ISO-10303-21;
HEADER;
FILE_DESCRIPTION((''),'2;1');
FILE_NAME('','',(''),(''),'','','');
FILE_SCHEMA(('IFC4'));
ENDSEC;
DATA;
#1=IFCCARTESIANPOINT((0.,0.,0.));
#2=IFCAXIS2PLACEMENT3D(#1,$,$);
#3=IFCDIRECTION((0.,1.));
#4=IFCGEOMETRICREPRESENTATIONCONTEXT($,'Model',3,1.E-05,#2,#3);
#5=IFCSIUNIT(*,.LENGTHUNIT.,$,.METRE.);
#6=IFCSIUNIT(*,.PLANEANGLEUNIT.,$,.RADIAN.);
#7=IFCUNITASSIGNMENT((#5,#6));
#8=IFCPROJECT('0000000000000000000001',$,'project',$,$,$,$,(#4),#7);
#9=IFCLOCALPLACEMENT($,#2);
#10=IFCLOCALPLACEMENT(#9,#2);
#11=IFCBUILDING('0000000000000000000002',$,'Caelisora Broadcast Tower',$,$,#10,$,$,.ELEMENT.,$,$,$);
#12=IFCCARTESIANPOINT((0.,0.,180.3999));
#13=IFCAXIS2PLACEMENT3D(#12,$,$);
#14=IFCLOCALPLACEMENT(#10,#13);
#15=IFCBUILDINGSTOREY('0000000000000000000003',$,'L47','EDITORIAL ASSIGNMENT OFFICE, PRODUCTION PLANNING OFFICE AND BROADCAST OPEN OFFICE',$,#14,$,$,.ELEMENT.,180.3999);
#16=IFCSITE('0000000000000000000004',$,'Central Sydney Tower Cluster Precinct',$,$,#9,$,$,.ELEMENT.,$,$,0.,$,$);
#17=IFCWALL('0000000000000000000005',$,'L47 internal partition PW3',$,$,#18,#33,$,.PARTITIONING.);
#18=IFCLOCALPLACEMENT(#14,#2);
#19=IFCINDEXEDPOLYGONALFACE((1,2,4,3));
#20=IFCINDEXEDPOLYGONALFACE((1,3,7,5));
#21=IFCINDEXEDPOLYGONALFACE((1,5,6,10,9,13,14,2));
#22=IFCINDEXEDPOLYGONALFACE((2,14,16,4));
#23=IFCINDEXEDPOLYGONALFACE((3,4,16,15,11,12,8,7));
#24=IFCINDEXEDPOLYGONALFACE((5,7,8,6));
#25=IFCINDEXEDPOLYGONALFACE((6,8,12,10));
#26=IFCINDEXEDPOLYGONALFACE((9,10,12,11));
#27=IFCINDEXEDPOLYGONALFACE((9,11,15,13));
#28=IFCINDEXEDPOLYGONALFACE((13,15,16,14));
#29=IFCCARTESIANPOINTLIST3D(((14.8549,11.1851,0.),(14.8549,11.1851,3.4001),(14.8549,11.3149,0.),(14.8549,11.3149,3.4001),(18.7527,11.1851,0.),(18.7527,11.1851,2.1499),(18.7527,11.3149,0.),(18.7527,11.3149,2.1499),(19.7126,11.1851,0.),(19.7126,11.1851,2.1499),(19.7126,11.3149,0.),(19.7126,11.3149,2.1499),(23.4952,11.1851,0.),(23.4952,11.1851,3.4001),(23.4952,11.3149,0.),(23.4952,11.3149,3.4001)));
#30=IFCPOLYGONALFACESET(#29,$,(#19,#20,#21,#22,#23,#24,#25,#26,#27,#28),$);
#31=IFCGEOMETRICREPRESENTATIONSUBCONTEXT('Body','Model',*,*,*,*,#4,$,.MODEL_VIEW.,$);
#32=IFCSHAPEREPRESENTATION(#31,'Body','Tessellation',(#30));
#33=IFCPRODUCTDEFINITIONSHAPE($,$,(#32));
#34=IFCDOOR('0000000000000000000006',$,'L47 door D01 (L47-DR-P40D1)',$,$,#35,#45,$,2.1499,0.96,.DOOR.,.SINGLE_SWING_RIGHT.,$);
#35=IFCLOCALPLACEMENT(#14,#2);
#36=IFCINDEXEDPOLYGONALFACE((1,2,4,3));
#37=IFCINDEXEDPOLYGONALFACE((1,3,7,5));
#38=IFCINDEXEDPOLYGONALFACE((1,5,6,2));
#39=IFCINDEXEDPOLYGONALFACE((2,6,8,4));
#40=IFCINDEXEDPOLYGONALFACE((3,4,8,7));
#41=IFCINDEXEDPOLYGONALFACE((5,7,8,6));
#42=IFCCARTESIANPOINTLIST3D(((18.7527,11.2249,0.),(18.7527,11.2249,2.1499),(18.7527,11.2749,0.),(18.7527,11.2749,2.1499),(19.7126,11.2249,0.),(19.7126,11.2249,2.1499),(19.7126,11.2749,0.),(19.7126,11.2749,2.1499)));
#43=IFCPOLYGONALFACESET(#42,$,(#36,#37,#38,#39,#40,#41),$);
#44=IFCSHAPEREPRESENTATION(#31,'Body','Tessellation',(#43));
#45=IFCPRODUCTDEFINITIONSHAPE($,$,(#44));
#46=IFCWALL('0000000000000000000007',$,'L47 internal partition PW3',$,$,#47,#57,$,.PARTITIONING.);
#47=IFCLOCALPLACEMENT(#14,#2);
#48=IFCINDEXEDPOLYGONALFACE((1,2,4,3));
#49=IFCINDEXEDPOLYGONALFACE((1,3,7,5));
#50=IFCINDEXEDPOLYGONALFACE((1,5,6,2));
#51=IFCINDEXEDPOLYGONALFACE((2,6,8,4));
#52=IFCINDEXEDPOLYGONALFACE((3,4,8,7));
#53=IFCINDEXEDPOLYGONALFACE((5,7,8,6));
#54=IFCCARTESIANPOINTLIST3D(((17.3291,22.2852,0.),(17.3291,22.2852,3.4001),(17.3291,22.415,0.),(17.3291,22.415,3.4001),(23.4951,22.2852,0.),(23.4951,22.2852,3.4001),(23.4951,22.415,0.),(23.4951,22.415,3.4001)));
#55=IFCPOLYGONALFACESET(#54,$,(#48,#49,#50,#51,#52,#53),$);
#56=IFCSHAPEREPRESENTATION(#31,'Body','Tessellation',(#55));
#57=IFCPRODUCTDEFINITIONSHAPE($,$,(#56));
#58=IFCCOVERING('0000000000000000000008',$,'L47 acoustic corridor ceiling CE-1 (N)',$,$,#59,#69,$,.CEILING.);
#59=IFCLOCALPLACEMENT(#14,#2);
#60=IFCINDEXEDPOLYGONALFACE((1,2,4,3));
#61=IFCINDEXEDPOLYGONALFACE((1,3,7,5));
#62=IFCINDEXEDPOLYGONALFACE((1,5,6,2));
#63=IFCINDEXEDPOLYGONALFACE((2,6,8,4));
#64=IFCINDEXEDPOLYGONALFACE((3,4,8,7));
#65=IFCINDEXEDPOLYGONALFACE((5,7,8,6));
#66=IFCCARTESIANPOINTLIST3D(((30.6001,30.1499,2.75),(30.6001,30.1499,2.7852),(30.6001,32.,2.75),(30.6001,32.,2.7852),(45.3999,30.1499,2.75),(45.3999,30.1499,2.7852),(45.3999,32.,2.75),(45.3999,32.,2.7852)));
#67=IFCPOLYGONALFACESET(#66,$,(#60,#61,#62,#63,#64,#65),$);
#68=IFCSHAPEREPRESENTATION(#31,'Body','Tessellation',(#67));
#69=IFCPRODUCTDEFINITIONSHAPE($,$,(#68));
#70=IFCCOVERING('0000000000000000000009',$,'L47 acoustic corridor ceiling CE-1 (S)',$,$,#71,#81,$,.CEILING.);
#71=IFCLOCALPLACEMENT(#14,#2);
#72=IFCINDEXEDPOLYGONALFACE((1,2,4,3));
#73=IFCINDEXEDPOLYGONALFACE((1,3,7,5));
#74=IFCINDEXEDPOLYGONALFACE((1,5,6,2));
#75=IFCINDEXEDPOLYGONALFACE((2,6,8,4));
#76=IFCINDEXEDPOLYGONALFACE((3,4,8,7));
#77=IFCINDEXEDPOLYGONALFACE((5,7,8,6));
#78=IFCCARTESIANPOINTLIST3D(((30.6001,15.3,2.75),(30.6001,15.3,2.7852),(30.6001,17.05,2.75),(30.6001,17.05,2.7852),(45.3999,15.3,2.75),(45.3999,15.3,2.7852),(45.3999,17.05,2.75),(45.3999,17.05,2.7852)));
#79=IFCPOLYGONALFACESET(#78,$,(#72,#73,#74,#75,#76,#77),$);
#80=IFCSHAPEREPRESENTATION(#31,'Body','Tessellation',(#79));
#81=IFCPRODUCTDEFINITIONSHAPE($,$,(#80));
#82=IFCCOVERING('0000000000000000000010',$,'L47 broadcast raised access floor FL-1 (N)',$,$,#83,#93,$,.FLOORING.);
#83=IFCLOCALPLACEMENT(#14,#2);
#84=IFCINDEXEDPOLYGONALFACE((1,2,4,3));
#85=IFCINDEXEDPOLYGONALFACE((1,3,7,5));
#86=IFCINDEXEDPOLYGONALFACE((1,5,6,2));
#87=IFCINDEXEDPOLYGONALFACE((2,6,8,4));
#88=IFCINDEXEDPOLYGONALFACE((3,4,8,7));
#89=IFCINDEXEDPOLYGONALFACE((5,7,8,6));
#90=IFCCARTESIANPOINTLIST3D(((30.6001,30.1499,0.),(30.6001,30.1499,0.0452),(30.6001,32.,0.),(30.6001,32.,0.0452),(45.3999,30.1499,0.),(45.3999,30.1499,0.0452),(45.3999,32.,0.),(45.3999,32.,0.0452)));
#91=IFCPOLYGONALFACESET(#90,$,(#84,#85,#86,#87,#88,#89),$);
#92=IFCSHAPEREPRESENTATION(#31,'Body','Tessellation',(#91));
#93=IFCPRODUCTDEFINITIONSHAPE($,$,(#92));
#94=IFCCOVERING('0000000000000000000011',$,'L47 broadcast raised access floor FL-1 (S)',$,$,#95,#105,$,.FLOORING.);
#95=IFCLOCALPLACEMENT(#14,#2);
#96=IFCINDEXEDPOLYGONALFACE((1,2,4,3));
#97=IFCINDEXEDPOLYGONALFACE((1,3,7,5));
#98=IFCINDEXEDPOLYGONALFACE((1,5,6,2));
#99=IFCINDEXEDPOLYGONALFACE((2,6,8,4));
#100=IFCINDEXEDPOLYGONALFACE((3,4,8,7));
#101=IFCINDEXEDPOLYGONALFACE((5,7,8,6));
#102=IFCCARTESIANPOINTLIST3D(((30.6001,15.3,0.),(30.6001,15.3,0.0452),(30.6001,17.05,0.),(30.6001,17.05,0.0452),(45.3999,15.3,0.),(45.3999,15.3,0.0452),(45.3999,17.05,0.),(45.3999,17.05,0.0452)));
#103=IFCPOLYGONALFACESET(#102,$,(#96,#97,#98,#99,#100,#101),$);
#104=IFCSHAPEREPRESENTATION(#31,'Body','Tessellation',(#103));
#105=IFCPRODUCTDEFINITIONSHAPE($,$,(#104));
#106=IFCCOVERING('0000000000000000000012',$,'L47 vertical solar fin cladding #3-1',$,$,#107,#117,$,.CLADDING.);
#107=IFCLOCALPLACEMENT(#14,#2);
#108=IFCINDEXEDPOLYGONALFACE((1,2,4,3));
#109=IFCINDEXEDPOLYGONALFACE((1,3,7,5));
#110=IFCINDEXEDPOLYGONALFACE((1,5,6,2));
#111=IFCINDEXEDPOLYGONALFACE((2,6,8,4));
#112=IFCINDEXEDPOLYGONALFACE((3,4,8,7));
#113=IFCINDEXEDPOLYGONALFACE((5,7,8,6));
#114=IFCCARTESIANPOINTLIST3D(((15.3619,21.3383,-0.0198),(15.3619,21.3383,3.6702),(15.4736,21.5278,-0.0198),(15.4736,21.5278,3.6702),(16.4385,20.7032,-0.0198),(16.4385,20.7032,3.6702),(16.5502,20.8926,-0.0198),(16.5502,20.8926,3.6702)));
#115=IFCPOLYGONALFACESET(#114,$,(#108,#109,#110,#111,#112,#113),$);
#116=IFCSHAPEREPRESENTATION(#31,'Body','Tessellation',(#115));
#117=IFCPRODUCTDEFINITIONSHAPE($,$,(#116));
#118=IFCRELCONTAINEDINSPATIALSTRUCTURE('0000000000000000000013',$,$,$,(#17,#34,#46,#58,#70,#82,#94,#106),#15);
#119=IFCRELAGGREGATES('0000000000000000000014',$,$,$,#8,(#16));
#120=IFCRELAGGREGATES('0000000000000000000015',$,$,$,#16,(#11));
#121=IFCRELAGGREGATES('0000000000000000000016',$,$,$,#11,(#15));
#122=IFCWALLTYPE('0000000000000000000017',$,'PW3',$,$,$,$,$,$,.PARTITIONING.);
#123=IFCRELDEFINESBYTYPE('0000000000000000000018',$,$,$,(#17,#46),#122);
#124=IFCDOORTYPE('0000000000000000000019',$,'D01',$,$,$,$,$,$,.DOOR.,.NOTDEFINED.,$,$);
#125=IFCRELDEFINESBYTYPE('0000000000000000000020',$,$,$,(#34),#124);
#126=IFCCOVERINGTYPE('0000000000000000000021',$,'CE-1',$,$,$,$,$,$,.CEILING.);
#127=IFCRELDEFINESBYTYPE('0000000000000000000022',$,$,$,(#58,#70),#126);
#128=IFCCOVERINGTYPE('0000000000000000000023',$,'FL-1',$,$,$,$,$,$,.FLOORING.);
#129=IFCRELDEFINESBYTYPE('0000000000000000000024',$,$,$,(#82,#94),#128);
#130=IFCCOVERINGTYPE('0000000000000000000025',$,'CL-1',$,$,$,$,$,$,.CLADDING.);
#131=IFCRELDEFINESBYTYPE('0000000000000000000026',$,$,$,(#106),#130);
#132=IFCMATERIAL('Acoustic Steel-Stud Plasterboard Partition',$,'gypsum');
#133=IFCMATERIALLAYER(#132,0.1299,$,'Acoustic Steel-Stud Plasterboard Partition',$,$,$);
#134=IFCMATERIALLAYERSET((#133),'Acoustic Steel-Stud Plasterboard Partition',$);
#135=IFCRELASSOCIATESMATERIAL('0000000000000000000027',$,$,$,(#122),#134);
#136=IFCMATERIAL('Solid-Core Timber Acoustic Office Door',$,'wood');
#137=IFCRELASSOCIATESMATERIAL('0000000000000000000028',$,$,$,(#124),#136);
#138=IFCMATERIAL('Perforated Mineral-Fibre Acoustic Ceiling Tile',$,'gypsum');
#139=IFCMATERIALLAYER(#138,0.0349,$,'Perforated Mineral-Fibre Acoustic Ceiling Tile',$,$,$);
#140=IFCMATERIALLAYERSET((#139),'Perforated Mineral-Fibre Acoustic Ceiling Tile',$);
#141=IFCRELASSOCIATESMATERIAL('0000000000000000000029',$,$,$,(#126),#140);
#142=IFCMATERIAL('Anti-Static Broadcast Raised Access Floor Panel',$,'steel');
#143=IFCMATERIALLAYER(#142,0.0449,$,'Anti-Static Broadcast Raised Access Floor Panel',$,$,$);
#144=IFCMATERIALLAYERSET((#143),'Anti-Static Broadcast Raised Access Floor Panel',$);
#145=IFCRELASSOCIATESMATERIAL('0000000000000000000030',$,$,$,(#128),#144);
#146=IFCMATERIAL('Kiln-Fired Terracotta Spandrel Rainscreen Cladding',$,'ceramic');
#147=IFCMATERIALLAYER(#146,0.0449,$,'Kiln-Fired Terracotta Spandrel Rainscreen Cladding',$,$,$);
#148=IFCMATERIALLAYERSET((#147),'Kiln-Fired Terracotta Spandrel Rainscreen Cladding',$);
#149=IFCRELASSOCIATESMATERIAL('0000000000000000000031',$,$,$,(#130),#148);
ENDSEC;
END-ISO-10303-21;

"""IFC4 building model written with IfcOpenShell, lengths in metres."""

from ifc_helpers import new_model, si_unit, direction, frame, frame_2d, origin, origin_2d, place, context, subcontext, project, spatial, polyline, rectangle, outline, extrude, source, transform, mapped, material, layer, layer_set, type_object, type_shapes, element, fill, save


model = new_model("IFC4")

# Units and contexts
model_context = context("Model", 3, precision=1e-05, world=origin(), true_north=direction((0.0, 1.0)))
body_context = subcontext(model_context, "Body", "Model", "MODEL_VIEW")
ifc_project = project(units=[si_unit("LENGTHUNIT", "METRE"), si_unit("PLANEANGLEUNIT", "RADIAN")], contexts=[model_context])

# Site, building, storey
site_placement = place(None, origin())
site = spatial("IfcSite", under=ifc_project, at=site_placement, Name="Central Sydney Tower Cluster Precinct", CompositionType="ELEMENT", RefElevation=0.0)
building_placement = place(site_placement, origin())
building = spatial("IfcBuilding", under=site, at=building_placement, Name="Caelisora Broadcast Tower", CompositionType="ELEMENT")
storey_placement = place(building_placement, frame((0.0, 0.0, 180.3999)))
storey = spatial("IfcBuildingStorey", under=building, at=storey_placement, Name="L47", Description="EDITORIAL ASSIGNMENT OFFICE, PRODUCTION PLANNING OFFICE AND BROADCAST OPEN OFFICE", CompositionType="ELEMENT", Elevation=180.3999)

# Shared definitions
ifc_material_1 = material(Name="Acoustic Steel-Stud Plasterboard Partition", Category="gypsum")
ifc_layer_1 = layer(ifc_material_1, 0.1299, Name="Acoustic Steel-Stud Plasterboard Partition")
ifc_layer_set_1 = layer_set([ifc_layer_1], Name="Acoustic Steel-Stud Plasterboard Partition")
wall_type_1 = type_object("IfcWallType", Name="PW3", PredefinedType="PARTITIONING", material=ifc_layer_set_1)

# Wall, opening, door
wall_1_placement = place(storey_placement, frame((14.8547, 11.25, 0.0), z_axis=(0.0, 0.0, 1.0), x_axis=(1.0, 0.0, 0.0)))
wall_1 = element("IfcWall", 1, at=wall_1_placement, inside=storey, type_object=wall_type_1, Name="L47 internal partition PW3", PredefinedType="PARTITIONING", context=body_context, shape_type="SweptSolid", body=[
    extrude(rectangle(XDim=8.6404, YDim=0.1299, at=frame_2d((4.3203, 0.0))), origin(), (0.0, 0.0, 1.0), 3.4001),
])
opening_1_placement = place(wall_1_placement, frame((3.8979, 0.0, 0.0)))
opening_1 = element("IfcOpeningElement", 2, at=opening_1_placement, cuts=wall_1, PredefinedType="OPENING", context=body_context, shape_type="SweptSolid", body=[
    extrude(rectangle(XDim=0.96, YDim=2.1499, at=frame_2d((0.48, 1.075))), frame((0.0, 0.0769, 0.0), z_axis=(0.0, -1.0, 0.0), x_axis=(1.0, 0.0, 0.0)), (0.0, 0.0, 1.0), 0.1538),
])
ifc_material_2 = material(Name="Solid-Core Timber Acoustic Office Door", Category="wood")
door_type = type_object("IfcDoorType", Name="D01", OperationType="NOTDEFINED", PredefinedType="DOOR", material=ifc_material_2)
door_placement = place(opening_1_placement, origin())
door = element("IfcDoor", 3, at=door_placement, inside=storey, type_object=door_type, Name="L47 door D01 (L47-DR-P40D1)", OperationType="SINGLE_SWING_RIGHT", OverallHeight=2.1499, OverallWidth=0.96, PredefinedType="DOOR", context=body_context, shape_type="SweptSolid", body=[
    extrude(rectangle(XDim=0.96, YDim=2.1499, at=frame_2d((0.48, 1.075))), frame((0.0, 0.0249, 0.0), z_axis=(0.0, -1.0, 0.0), x_axis=(1.0, 0.0, 0.0)), (0.0, 0.0, 1.0), 0.05),
])
fill(opening_1, door)

# Wall
wall_2_placement = place(storey_placement, frame((17.3291, 22.3501, 0.0), z_axis=(0.0, 0.0, 1.0), x_axis=(1.0, 0.0, 0.0)))
element("IfcWall", 4, at=wall_2_placement, inside=storey, type_object=wall_type_1, Name="L47 internal partition PW3", PredefinedType="PARTITIONING", context=body_context, shape_type="SweptSolid", body=[
    extrude(rectangle(XDim=6.166, YDim=0.1299, at=frame_2d((3.083, 0.0))), origin(), (0.0, 0.0, 1.0), 3.4001),
])

# Coverings
ifc_material_3 = material(Name="Perforated Mineral-Fibre Acoustic Ceiling Tile", Category="gypsum")
ifc_layer_2 = layer(ifc_material_3, 0.0349, Name="Perforated Mineral-Fibre Acoustic Ceiling Tile")
ifc_layer_set_2 = layer_set([ifc_layer_2], Name="Perforated Mineral-Fibre Acoustic Ceiling Tile")
covering_type_1 = type_object("IfcCoveringType", Name="CE-1", PredefinedType="CEILING", material=ifc_layer_set_2)
covering_1_placement = place(storey_placement, frame((0.0, 0.0, 2.75)))
element("IfcCovering", 5, at=covering_1_placement, inside=storey, type_object=covering_type_1, Name="L47 acoustic corridor ceiling CE-1 (N)", PredefinedType="CEILING", context=body_context, shape_type="SweptSolid", body=[
    extrude(outline(polyline([(30.6001, 30.1499), (45.3999, 30.1499), (45.3999, 32.0), (30.6001, 32.0), (30.6001, 30.1499)])), origin(), (0.0, 0.0, 1.0), 0.0352),
])
covering_2_placement = place(storey_placement, frame((0.0, 0.0, 2.75)))
element("IfcCovering", 6, at=covering_2_placement, inside=storey, type_object=covering_type_1, Name="L47 acoustic corridor ceiling CE-1 (S)", PredefinedType="CEILING", context=body_context, shape_type="SweptSolid", body=[
    extrude(outline(polyline([(30.6001, 15.3), (45.3999, 15.3), (45.3999, 17.05), (30.6001, 17.05), (30.6001, 15.3)])), origin(), (0.0, 0.0, 1.0), 0.0352),
])
ifc_material_4 = material(Name="Anti-Static Broadcast Raised Access Floor Panel", Category="steel")
ifc_layer_3 = layer(ifc_material_4, 0.0449, Name="Anti-Static Broadcast Raised Access Floor Panel")
ifc_layer_set_3 = layer_set([ifc_layer_3], Name="Anti-Static Broadcast Raised Access Floor Panel")
covering_type_2 = type_object("IfcCoveringType", Name="FL-1", PredefinedType="FLOORING", material=ifc_layer_set_3)
covering_3_placement = place(storey_placement, origin())
element("IfcCovering", 7, at=covering_3_placement, inside=storey, type_object=covering_type_2, Name="L47 broadcast raised access floor FL-1 (N)", PredefinedType="FLOORING", context=body_context, shape_type="SweptSolid", body=[
    extrude(outline(polyline([(30.6001, 30.1499), (45.3999, 30.1499), (45.3999, 32.0), (30.6001, 32.0), (30.6001, 30.1499)])), origin(), (0.0, 0.0, 1.0), 0.0452),
])
covering_4_placement = place(storey_placement, origin())
element("IfcCovering", 8, at=covering_4_placement, inside=storey, type_object=covering_type_2, Name="L47 broadcast raised access floor FL-1 (S)", PredefinedType="FLOORING", context=body_context, shape_type="SweptSolid", body=[
    extrude(outline(polyline([(30.6001, 15.3), (45.3999, 15.3), (45.3999, 17.05), (30.6001, 17.05), (30.6001, 15.3)])), origin(), (0.0, 0.0, 1.0), 0.0452),
])
ifc_material_5 = material(Name="Kiln-Fired Terracotta Spandrel Rainscreen Cladding", Category="ceramic")
ifc_layer_4 = layer(ifc_material_5, 0.0449, Name="Kiln-Fired Terracotta Spandrel Rainscreen Cladding")
ifc_layer_set_4 = layer_set([ifc_layer_4], Name="Kiln-Fired Terracotta Spandrel Rainscreen Cladding")
covering_type_3 = type_object("IfcCoveringType", Name="CL-1", PredefinedType="CLADDING", material=ifc_layer_set_4)
shared_shape_1 = source(origin(), body_context, "Body", "SweptSolid", [
    extrude(rectangle(XDim=0.22, YDim=1.25, at=origin_2d()), origin(), (0.0, 0.0, 1.0), 3.6899),
])
type_shapes(covering_type_3, [shared_shape_1])
covering_5_placement = place(storey_placement, frame((15.9561, 21.1155, -0.0198), z_axis=(0.0, 0.0, 1.0), x_axis=(0.50814, 0.861275, 0.0)))
element("IfcCovering", 9, at=covering_5_placement, inside=storey, type_object=covering_type_3, Name="L47 vertical solar fin cladding #3-1", PredefinedType="CLADDING", context=body_context, shape_type="MappedRepresentation", body=[
    mapped(shared_shape_1, transform((0.0, 0.0, 0.0), scale=1.0)),
])

save(model, "model.ifc")
